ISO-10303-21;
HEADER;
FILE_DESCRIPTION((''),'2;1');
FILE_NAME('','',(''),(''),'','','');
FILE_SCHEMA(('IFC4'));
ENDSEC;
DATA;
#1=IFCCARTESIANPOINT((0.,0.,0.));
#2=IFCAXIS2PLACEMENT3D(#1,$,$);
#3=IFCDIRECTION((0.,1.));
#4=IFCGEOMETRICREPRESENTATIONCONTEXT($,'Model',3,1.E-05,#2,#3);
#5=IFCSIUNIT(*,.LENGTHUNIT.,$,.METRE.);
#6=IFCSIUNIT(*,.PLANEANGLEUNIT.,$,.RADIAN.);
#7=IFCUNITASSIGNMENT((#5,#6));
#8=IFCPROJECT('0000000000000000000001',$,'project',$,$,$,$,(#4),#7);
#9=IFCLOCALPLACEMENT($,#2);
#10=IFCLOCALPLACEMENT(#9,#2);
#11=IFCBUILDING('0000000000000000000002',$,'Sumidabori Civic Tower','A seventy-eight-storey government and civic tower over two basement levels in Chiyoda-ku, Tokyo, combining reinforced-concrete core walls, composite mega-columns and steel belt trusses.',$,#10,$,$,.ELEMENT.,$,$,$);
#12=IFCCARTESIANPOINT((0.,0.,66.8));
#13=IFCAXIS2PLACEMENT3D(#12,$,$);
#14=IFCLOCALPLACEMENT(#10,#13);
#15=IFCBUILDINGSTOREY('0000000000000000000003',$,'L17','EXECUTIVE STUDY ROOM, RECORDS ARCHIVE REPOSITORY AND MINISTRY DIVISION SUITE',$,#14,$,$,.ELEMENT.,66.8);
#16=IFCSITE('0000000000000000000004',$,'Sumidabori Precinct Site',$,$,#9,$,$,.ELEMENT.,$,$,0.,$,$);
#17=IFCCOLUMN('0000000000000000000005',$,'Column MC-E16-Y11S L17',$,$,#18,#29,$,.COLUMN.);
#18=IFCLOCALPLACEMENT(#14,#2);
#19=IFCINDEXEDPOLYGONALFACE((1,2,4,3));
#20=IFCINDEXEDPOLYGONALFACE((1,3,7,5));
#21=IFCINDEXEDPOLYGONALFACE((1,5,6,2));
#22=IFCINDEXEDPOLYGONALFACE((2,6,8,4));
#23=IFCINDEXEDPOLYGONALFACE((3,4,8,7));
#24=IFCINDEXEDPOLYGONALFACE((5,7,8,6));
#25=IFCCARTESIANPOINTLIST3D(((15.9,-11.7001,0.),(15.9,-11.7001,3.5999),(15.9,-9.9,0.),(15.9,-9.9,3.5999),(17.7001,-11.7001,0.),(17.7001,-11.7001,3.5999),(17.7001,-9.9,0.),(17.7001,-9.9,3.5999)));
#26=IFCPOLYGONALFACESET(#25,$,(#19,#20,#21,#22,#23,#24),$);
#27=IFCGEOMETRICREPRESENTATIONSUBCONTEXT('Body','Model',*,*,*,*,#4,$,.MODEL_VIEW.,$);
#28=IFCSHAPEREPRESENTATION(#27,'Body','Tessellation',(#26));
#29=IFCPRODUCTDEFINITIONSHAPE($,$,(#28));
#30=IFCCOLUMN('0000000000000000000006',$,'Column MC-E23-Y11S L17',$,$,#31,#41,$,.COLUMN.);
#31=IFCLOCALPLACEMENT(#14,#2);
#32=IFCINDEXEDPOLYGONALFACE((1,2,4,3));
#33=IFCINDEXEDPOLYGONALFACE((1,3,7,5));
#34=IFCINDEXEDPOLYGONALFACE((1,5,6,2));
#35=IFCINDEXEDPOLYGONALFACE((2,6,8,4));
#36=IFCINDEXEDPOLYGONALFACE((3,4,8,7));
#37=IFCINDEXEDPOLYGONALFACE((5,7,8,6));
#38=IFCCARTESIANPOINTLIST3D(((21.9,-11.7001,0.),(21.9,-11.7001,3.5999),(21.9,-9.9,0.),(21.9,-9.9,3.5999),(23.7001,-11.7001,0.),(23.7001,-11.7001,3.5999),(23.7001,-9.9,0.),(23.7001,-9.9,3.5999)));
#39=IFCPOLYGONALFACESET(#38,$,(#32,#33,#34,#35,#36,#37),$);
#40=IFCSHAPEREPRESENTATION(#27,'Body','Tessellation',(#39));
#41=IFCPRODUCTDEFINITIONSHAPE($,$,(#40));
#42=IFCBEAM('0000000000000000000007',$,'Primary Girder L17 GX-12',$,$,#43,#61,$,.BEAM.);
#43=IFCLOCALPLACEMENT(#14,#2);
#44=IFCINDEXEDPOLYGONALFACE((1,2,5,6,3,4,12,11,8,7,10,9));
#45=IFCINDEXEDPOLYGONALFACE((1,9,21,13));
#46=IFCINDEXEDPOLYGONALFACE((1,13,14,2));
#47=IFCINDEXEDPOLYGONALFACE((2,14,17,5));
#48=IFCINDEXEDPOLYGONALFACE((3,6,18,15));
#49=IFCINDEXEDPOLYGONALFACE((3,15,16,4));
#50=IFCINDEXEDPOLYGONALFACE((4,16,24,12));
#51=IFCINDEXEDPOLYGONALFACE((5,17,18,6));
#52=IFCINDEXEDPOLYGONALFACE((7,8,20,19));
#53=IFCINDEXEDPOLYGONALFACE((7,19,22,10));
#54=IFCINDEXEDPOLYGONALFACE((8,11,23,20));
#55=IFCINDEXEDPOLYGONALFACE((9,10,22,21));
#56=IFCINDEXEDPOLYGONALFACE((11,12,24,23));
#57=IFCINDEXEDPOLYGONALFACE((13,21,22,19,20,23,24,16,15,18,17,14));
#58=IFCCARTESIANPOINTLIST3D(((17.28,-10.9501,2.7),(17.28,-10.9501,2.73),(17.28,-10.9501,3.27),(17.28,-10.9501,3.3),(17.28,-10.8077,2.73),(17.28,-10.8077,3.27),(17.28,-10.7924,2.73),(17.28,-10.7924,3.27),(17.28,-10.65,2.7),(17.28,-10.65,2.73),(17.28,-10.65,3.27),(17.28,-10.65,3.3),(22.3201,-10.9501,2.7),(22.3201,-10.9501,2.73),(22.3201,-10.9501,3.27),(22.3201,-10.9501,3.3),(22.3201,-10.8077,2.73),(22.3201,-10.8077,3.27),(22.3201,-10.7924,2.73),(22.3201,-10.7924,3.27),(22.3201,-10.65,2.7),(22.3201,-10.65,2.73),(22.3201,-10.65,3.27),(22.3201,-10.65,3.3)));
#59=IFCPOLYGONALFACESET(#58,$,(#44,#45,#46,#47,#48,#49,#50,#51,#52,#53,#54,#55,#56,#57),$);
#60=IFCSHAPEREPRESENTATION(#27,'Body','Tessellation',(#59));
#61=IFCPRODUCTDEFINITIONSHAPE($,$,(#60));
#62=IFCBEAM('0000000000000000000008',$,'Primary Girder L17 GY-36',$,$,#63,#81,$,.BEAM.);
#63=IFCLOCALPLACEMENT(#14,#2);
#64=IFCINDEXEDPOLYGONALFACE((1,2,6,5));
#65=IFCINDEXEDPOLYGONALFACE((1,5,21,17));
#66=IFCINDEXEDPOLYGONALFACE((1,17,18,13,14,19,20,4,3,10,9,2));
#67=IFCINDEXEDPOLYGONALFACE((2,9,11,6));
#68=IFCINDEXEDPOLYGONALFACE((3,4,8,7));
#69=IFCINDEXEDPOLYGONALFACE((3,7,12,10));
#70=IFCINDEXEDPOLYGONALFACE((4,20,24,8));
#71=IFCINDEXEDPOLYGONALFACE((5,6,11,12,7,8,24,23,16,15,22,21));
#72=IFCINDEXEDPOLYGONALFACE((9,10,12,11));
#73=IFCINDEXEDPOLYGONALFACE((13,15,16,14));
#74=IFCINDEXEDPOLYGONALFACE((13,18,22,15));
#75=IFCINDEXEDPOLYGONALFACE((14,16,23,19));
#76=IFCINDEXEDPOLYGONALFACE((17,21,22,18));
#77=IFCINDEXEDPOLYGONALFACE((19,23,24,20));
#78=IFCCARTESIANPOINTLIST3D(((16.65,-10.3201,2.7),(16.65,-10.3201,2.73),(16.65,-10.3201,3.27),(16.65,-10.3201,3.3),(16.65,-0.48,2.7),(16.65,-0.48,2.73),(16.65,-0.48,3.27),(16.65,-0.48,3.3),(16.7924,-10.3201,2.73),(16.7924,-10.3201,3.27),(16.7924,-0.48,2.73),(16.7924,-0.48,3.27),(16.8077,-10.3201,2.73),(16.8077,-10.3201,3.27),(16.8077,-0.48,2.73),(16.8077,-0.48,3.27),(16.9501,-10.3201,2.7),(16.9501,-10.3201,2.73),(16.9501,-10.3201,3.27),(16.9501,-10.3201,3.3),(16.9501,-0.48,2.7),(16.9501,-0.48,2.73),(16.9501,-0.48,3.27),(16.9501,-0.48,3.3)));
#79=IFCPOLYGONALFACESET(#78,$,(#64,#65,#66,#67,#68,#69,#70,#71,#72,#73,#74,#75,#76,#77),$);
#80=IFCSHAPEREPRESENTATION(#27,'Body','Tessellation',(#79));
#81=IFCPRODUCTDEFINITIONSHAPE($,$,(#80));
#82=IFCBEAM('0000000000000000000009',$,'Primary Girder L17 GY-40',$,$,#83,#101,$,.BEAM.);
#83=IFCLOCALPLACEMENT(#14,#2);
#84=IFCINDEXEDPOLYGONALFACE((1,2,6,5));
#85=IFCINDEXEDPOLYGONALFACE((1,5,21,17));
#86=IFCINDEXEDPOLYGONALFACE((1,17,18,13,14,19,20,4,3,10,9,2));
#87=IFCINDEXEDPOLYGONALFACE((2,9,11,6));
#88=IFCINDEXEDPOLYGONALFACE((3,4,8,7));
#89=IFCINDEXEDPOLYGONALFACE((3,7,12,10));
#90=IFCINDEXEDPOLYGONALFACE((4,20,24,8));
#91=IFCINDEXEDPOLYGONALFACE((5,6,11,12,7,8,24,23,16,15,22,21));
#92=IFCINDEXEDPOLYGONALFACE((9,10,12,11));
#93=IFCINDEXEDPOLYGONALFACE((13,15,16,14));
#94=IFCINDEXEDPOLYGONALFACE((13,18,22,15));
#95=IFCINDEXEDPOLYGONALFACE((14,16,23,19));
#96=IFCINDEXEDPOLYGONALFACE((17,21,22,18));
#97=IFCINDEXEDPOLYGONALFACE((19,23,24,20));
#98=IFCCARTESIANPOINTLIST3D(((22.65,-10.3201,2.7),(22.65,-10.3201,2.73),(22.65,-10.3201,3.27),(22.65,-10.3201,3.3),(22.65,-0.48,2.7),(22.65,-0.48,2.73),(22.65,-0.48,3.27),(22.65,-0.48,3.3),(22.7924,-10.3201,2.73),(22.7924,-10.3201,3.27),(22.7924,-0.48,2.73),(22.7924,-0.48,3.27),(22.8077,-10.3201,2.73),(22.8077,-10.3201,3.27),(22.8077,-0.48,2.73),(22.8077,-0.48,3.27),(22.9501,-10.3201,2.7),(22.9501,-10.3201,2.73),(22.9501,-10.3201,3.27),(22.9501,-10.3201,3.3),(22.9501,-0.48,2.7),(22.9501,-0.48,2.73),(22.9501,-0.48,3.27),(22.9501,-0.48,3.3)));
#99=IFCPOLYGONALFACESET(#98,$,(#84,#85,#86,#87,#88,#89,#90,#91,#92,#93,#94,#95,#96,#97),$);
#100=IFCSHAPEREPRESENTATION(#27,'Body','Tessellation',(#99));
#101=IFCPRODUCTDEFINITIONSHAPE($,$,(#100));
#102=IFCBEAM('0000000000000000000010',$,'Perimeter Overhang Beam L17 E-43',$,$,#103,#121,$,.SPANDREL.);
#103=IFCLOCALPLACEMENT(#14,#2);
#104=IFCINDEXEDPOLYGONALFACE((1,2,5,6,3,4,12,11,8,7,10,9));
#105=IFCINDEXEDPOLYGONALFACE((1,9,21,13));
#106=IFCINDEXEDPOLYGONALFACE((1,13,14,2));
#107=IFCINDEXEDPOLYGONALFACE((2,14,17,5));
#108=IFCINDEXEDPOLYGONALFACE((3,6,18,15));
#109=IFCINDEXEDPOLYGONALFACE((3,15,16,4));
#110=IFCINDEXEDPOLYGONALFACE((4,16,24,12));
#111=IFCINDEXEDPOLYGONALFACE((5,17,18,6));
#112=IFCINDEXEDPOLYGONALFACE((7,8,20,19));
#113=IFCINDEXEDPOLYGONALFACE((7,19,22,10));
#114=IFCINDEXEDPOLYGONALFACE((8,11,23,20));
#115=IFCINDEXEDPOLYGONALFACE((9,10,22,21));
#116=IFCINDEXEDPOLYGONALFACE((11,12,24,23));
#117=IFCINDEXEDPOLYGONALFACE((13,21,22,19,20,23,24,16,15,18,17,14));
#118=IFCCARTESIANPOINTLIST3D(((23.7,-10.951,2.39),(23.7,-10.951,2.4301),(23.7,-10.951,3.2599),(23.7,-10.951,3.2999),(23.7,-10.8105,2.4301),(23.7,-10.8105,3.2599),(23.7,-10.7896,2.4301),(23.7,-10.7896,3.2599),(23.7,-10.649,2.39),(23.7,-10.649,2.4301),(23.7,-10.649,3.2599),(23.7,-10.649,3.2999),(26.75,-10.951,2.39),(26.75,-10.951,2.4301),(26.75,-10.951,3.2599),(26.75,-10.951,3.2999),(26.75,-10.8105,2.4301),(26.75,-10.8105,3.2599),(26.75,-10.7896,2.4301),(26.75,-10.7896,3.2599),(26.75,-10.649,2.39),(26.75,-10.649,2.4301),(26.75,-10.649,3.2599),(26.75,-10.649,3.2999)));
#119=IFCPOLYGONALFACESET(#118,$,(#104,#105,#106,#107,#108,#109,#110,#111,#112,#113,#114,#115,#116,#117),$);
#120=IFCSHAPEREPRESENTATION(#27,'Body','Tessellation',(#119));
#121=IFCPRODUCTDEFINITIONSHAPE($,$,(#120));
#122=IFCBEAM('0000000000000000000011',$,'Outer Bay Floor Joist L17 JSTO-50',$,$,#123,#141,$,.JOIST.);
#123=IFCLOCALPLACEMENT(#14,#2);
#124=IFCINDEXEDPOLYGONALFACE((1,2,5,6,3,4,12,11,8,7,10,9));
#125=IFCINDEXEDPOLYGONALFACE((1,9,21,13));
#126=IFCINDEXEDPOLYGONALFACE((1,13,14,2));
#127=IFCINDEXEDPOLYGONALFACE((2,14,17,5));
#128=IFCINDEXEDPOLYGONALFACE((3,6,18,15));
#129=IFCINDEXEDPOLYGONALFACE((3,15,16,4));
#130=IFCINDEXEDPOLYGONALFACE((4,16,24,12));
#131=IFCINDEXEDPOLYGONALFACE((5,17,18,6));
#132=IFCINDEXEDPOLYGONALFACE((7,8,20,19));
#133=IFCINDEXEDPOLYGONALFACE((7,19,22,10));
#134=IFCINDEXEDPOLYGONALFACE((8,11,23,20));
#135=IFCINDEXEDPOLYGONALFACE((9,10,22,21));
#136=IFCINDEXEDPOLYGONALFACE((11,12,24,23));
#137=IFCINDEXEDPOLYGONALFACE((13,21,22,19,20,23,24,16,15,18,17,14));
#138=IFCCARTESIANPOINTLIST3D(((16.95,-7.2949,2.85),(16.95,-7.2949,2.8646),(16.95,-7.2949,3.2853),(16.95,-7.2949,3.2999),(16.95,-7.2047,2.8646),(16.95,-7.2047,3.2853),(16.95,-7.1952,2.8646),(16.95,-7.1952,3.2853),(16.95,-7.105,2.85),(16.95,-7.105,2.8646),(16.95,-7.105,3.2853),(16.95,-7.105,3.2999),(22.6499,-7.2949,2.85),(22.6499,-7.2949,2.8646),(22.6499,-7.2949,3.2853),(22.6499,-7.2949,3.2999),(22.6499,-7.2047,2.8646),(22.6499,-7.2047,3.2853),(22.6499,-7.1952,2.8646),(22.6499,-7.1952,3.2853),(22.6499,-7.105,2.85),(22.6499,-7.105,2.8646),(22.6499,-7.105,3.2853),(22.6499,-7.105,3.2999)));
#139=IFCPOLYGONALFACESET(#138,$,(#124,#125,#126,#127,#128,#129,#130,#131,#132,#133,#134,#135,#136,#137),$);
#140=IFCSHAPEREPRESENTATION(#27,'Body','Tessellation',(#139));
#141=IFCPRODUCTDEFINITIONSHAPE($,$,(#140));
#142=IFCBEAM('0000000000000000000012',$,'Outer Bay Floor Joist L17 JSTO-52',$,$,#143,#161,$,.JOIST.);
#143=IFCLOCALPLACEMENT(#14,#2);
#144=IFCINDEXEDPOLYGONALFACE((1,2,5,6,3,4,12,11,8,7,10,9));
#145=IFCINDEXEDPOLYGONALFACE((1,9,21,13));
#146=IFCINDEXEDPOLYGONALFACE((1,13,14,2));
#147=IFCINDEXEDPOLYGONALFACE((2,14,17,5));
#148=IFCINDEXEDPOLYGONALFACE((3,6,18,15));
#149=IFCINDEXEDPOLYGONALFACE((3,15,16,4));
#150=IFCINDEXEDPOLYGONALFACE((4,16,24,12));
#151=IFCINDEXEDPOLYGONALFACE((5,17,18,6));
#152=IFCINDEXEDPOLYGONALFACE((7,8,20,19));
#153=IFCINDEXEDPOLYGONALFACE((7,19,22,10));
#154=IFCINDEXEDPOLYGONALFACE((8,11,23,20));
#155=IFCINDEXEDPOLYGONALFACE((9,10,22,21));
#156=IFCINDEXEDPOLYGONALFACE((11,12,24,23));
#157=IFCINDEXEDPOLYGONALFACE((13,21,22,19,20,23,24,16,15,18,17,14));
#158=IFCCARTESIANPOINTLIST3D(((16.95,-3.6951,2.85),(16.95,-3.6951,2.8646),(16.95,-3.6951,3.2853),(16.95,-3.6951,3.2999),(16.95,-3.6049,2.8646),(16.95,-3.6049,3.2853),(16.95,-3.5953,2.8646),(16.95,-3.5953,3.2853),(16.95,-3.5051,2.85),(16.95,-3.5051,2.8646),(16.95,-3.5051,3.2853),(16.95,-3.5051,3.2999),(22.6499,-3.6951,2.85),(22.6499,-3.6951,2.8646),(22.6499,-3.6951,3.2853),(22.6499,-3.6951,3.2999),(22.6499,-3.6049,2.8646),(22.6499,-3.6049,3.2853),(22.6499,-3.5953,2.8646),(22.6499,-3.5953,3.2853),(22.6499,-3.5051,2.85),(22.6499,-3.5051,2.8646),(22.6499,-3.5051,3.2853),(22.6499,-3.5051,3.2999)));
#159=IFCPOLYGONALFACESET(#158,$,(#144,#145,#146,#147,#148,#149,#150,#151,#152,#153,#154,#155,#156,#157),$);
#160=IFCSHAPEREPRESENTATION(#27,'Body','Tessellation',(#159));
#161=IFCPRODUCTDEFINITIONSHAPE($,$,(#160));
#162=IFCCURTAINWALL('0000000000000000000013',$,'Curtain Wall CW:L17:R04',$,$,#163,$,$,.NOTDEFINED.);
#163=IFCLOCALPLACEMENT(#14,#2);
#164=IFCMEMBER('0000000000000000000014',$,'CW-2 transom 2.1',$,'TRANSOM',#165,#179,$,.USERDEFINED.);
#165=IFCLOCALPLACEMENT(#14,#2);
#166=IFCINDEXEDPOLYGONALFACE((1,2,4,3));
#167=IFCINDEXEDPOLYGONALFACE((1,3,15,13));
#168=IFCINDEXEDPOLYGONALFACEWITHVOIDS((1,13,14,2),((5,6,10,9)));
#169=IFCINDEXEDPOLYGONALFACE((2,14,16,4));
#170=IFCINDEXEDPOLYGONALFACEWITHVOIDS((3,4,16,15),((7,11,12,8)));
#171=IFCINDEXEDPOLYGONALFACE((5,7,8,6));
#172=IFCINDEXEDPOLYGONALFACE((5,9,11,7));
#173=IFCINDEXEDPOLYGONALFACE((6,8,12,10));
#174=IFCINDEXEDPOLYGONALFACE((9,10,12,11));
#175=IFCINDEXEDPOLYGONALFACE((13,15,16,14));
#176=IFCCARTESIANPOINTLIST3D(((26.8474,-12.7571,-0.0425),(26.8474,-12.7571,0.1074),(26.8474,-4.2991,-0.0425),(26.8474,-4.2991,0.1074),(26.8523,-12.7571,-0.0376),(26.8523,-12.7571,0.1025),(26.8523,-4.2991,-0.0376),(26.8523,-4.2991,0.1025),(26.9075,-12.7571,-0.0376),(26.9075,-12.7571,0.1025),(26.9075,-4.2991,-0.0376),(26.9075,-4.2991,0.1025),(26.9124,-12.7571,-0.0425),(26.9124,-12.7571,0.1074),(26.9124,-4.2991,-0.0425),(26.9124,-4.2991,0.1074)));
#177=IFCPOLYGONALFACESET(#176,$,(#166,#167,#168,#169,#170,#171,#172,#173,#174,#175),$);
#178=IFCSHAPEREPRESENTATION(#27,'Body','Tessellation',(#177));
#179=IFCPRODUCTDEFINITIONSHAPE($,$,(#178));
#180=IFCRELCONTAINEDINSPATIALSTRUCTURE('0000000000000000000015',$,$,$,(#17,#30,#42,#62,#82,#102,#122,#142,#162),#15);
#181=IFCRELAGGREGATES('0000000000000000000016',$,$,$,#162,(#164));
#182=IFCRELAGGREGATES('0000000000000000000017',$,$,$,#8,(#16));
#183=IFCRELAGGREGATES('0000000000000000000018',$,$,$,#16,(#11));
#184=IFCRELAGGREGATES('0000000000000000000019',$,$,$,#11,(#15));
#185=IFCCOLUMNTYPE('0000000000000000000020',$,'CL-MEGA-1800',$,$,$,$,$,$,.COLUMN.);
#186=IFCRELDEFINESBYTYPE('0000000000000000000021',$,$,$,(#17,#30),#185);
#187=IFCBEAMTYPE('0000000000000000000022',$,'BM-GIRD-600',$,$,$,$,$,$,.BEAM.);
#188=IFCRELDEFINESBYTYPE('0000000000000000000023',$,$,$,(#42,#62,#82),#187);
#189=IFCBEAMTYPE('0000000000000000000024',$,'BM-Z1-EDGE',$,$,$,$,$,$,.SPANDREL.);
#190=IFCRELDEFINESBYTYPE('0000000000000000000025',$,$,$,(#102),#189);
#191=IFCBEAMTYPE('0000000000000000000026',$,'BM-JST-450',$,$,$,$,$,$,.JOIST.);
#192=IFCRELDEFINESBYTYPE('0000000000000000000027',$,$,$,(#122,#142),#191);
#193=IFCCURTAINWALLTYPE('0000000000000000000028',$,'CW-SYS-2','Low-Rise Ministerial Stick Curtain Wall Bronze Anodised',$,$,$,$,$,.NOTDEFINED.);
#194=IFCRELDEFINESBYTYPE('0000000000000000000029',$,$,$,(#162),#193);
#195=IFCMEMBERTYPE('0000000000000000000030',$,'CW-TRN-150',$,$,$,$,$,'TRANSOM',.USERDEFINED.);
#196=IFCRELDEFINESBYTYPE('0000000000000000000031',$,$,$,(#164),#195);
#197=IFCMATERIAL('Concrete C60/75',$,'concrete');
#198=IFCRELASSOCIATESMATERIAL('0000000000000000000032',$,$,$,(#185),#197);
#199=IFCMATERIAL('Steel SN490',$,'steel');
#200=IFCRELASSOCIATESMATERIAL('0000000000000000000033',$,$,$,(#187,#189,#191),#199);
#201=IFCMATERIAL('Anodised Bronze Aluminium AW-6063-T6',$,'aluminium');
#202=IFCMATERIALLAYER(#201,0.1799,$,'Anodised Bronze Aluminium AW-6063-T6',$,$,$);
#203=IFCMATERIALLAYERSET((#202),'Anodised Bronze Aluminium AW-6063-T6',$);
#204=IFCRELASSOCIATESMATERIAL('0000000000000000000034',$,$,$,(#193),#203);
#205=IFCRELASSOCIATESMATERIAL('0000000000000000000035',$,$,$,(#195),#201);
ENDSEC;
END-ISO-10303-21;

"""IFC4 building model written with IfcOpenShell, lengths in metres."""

from ifc_helpers import new_model, si_unit, direction, frame, origin, origin_2d, place, context, subcontext, project, spatial, rectangle, hollow_rectangle, i_section, extrude, source, transform, mapped, material, layer, layer_set, material_profile, profile_set, type_object, element, aggregate, save


model = new_model("IFC4")

# Units and contexts
model_context = context("Model", 3, precision=1e-05, world=origin(), true_north=direction((0.0, 1.0)))
body_context = subcontext(model_context, "Body", "Model", "MODEL_VIEW")
ifc_project = project(units=[si_unit("LENGTHUNIT", "METRE"), si_unit("PLANEANGLEUNIT", "RADIAN")], contexts=[model_context])

# Site, building, storey
site_placement = place(None, origin())
site = spatial("IfcSite", under=ifc_project, at=site_placement, Name="Sumidabori Precinct Site", CompositionType="ELEMENT", RefElevation=0.0)
building_placement = place(site_placement, origin())
building = spatial("IfcBuilding", under=site, at=building_placement, Name="Sumidabori Civic Tower", Description="A seventy-eight-storey government and civic tower over two basement levels in Chiyoda-ku, Tokyo, combining reinforced-concrete core walls, composite mega-columns and steel belt trusses.", CompositionType="ELEMENT")
storey_placement = place(building_placement, frame((0.0, 0.0, 66.8)))
storey = spatial("IfcBuildingStorey", under=building, at=storey_placement, Name="L17", Description="EXECUTIVE STUDY ROOM, RECORDS ARCHIVE REPOSITORY AND MINISTRY DIVISION SUITE", CompositionType="ELEMENT", Elevation=66.8)

# Columns
ifc_material_1 = material(Name="Concrete C60/75", Category="concrete")
ifc_material_profile_1 = material_profile(ifc_material_1, rectangle(XDim=1.8, YDim=1.8, at=origin_2d()), Name="RC 1800x1800")
ifc_profile_set_1 = profile_set([ifc_material_profile_1], Name="Concrete C60/75")
column_type = type_object("IfcColumnType", Name="CL-MEGA-1800", PredefinedType="COLUMN", material=ifc_profile_set_1)
shared_shape_1 = source(origin(), body_context, "Body", "SweptSolid", [
    extrude(rectangle(XDim=1.8, YDim=1.8, at=origin_2d()), origin(), (0.0, 0.0, 1.0), 3.5999),
])
for number, where, z_axis, x_axis, name in (
    (1, (16.8, -10.8, 0.0), (0.0, 0.0, 1.0), (1.0, 0.0, 0.0), "Column MC-E16-Y11S L17"),
    (2, (22.8, -10.8, 0.0), (0.0, 0.0, 1.0), (1.0, 0.0, 0.0), "Column MC-E23-Y11S L17"),
):
    element("IfcColumn", number, at=place(storey_placement, frame(where, z_axis=z_axis, x_axis=x_axis)), inside=storey, type_object=column_type, Name=name, PredefinedType="COLUMN", context=body_context, shape_type="MappedRepresentation", body=[
        mapped(shared_shape_1, transform((0.0, 0.0, 0.0), x_axis=(1.0, 0.0, 0.0), y_axis=(0.0, 1.0, 0.0), z_axis=(0.0, 0.0, 1.0), scale=1.0)),
    ])

# Beams
ifc_material_2 = material(Name="Steel SN490", Category="steel")
ifc_material_profile_2 = material_profile(ifc_material_2, i_section(OverallWidth=0.3, OverallDepth=0.6001, WebThickness=0.0154, FlangeThickness=0.03, at=origin_2d()), Name="HE 600 B")
ifc_profile_set_2 = profile_set([ifc_material_profile_2], Name="Steel SN490")
beam_type_1 = type_object("IfcBeamType", Name="BM-GIRD-600", PredefinedType="BEAM", material=ifc_profile_set_2)
shared_shape_2 = source(origin(), body_context, "Body", "SweptSolid", [
    extrude(i_section(OverallWidth=0.3, OverallDepth=0.6001, WebThickness=0.0154, FlangeThickness=0.03, at=origin_2d()), origin(), (0.0, 0.0, 1.0), 5.04),
])
beam_1_placement = place(storey_placement, frame((17.28, -10.8, 3.0), z_axis=(1.0, 0.0, 0.0), x_axis=(0.0, 1.0, 0.0)))
element("IfcBeam", 3, at=beam_1_placement, inside=storey, type_object=beam_type_1, Name="Primary Girder L17 GX-12", PredefinedType="BEAM", context=body_context, shape_type="MappedRepresentation", body=[
    mapped(shared_shape_2, transform((0.0, 0.0, 0.0), x_axis=(1.0, 0.0, 0.0), y_axis=(0.0, 1.0, 0.0), z_axis=(0.0, 0.0, 1.0), scale=1.0)),
])
shared_shape_3 = source(origin(), body_context, "Body", "SweptSolid", [
    extrude(i_section(OverallWidth=0.3, OverallDepth=0.6001, WebThickness=0.0154, FlangeThickness=0.03, at=origin_2d()), origin(), (0.0, 0.0, 1.0), 9.8401),
])
for number, where, z_axis, x_axis, name in (
    (4, (16.8, -10.3201, 3.0), (0.0, 1.0, 0.0), (-1.0, 0.0, 0.0), "Primary Girder L17 GY-36"),
    (5, (22.8, -10.3201, 3.0), (0.0, 1.0, 0.0), (-1.0, 0.0, 0.0), "Primary Girder L17 GY-40"),
):
    element("IfcBeam", number, at=place(storey_placement, frame(where, z_axis=z_axis, x_axis=x_axis)), inside=storey, type_object=beam_type_1, Name=name, PredefinedType="BEAM", context=body_context, shape_type="MappedRepresentation", body=[
        mapped(shared_shape_3, transform((0.0, 0.0, 0.0), x_axis=(1.0, 0.0, 0.0), y_axis=(0.0, 1.0, 0.0), z_axis=(0.0, 0.0, 1.0), scale=1.0)),
    ])
ifc_material_profile_3 = material_profile(ifc_material_2, i_section(OverallWidth=0.302, OverallDepth=0.9099, WebThickness=0.021, FlangeThickness=0.04, at=origin_2d()), Name="HE 900 M")
ifc_profile_set_3 = profile_set([ifc_material_profile_3], Name="Steel SN490")
beam_type_2 = type_object("IfcBeamType", Name="BM-Z1-EDGE", PredefinedType="SPANDREL", material=ifc_profile_set_3)
shared_shape_4 = source(origin(), body_context, "Body", "SweptSolid", [
    extrude(i_section(OverallWidth=0.302, OverallDepth=0.9099, WebThickness=0.021, FlangeThickness=0.04, at=origin_2d()), origin(), (0.0, 0.0, 1.0), 3.05),
])
beam_2_placement = place(storey_placement, frame((23.7, -10.8, 2.845), z_axis=(1.0, 0.0, 0.0), x_axis=(0.0, 1.0, 0.0)))
element("IfcBeam", 6, at=beam_2_placement, inside=storey, type_object=beam_type_2, Name="Perimeter Overhang Beam L17 E-43", PredefinedType="SPANDREL", context=body_context, shape_type="MappedRepresentation", body=[
    mapped(shared_shape_4, transform((0.0, 0.0, 0.0), x_axis=(1.0, 0.0, 0.0), y_axis=(0.0, 1.0, 0.0), z_axis=(0.0, 0.0, 1.0), scale=1.0)),
])
ifc_material_profile_4 = material_profile(ifc_material_2, i_section(OverallWidth=0.1899, OverallDepth=0.45, WebThickness=0.0095, FlangeThickness=0.0146, at=origin_2d()), Name="IPE 450")
ifc_profile_set_4 = profile_set([ifc_material_profile_4], Name="Steel SN490")
beam_type_3 = type_object("IfcBeamType", Name="BM-JST-450", PredefinedType="JOIST", material=ifc_profile_set_4)
shared_shape_5 = source(origin(), body_context, "Body", "SweptSolid", [
    extrude(i_section(OverallWidth=0.1899, OverallDepth=0.45, WebThickness=0.0095, FlangeThickness=0.0146, at=origin_2d()), origin(), (0.0, 0.0, 1.0), 5.7),
])
for number, where, z_axis, x_axis, name in (
    (7, (16.95, -7.2, 3.075), (1.0, 0.0, 0.0), (0.0, 1.0, 0.0), "Outer Bay Floor Joist L17 JSTO-50"),
    (8, (16.95, -3.6001, 3.075), (1.0, 0.0, 0.0), (0.0, 1.0, 0.0), "Outer Bay Floor Joist L17 JSTO-52"),
):
    element("IfcBeam", number, at=place(storey_placement, frame(where, z_axis=z_axis, x_axis=x_axis)), inside=storey, type_object=beam_type_3, Name=name, PredefinedType="JOIST", context=body_context, shape_type="MappedRepresentation", body=[
        mapped(shared_shape_5, transform((0.0, 0.0, 0.0), x_axis=(1.0, 0.0, 0.0), y_axis=(0.0, 1.0, 0.0), z_axis=(0.0, 0.0, 1.0), scale=1.0)),
    ])

# Curtain wall, member
ifc_material_3 = material(Name="Anodised Bronze Aluminium AW-6063-T6", Category="aluminium")
ifc_layer_1 = layer(ifc_material_3, 0.1799, Name="Anodised Bronze Aluminium AW-6063-T6")
ifc_layer_set_1 = layer_set([ifc_layer_1], Name="Anodised Bronze Aluminium AW-6063-T6")
curtain_wall_type = type_object("IfcCurtainWallType", Name="CW-SYS-2", Description="Low-Rise Ministerial Stick Curtain Wall Bronze Anodised", PredefinedType="NOTDEFINED", material=ifc_layer_set_1)
curtain_wall_placement = place(storey_placement, origin())
curtain_wall = element("IfcCurtainWall", 9, at=curtain_wall_placement, inside=storey, type_object=curtain_wall_type, Name="Curtain Wall CW:L17:R04", PredefinedType="NOTDEFINED")
ifc_material_profile_5 = material_profile(ifc_material_3, hollow_rectangle(XDim=0.0649, YDim=0.1499, WallThickness=0.0049, at=origin_2d()), Name="ALU TRANSOM 150x65")
ifc_profile_set_5 = profile_set([ifc_material_profile_5], Name="Anodised Bronze Aluminium AW-6063-T6")
member_type_1 = type_object("IfcMemberType", Name="CW-TRN-150", ElementType="TRANSOM", PredefinedType="USERDEFINED", material=ifc_profile_set_5)
shared_shape_6 = source(origin(), body_context, "Body", "SweptSolid", [
    extrude(hollow_rectangle(XDim=0.0649, YDim=0.1499, WallThickness=0.0049, at=origin_2d()), origin(), (0.0, 0.0, 1.0), 8.458),
])
member_1_placement = place(storey_placement, frame((26.8799, -12.7571, 0.0325), z_axis=(0.0, 1.0, 0.0), x_axis=(-1.0, 0.0, 0.0)))
member_1 = element("IfcMember", 10, at=member_1_placement, type_object=member_type_1, Name="CW-2 transom 2.1", ObjectType="TRANSOM", PredefinedType="USERDEFINED", context=body_context, shape_type="MappedRepresentation", body=[
    mapped(shared_shape_6, transform((0.0, 0.0, 0.0), x_axis=(1.0, 0.0, 0.0), y_axis=(0.0, 1.0, 0.0), z_axis=(0.0, 0.0, 1.0), scale=1.0)),
])
aggregate(curtain_wall, [member_1])

save(model, "model.ifc")
